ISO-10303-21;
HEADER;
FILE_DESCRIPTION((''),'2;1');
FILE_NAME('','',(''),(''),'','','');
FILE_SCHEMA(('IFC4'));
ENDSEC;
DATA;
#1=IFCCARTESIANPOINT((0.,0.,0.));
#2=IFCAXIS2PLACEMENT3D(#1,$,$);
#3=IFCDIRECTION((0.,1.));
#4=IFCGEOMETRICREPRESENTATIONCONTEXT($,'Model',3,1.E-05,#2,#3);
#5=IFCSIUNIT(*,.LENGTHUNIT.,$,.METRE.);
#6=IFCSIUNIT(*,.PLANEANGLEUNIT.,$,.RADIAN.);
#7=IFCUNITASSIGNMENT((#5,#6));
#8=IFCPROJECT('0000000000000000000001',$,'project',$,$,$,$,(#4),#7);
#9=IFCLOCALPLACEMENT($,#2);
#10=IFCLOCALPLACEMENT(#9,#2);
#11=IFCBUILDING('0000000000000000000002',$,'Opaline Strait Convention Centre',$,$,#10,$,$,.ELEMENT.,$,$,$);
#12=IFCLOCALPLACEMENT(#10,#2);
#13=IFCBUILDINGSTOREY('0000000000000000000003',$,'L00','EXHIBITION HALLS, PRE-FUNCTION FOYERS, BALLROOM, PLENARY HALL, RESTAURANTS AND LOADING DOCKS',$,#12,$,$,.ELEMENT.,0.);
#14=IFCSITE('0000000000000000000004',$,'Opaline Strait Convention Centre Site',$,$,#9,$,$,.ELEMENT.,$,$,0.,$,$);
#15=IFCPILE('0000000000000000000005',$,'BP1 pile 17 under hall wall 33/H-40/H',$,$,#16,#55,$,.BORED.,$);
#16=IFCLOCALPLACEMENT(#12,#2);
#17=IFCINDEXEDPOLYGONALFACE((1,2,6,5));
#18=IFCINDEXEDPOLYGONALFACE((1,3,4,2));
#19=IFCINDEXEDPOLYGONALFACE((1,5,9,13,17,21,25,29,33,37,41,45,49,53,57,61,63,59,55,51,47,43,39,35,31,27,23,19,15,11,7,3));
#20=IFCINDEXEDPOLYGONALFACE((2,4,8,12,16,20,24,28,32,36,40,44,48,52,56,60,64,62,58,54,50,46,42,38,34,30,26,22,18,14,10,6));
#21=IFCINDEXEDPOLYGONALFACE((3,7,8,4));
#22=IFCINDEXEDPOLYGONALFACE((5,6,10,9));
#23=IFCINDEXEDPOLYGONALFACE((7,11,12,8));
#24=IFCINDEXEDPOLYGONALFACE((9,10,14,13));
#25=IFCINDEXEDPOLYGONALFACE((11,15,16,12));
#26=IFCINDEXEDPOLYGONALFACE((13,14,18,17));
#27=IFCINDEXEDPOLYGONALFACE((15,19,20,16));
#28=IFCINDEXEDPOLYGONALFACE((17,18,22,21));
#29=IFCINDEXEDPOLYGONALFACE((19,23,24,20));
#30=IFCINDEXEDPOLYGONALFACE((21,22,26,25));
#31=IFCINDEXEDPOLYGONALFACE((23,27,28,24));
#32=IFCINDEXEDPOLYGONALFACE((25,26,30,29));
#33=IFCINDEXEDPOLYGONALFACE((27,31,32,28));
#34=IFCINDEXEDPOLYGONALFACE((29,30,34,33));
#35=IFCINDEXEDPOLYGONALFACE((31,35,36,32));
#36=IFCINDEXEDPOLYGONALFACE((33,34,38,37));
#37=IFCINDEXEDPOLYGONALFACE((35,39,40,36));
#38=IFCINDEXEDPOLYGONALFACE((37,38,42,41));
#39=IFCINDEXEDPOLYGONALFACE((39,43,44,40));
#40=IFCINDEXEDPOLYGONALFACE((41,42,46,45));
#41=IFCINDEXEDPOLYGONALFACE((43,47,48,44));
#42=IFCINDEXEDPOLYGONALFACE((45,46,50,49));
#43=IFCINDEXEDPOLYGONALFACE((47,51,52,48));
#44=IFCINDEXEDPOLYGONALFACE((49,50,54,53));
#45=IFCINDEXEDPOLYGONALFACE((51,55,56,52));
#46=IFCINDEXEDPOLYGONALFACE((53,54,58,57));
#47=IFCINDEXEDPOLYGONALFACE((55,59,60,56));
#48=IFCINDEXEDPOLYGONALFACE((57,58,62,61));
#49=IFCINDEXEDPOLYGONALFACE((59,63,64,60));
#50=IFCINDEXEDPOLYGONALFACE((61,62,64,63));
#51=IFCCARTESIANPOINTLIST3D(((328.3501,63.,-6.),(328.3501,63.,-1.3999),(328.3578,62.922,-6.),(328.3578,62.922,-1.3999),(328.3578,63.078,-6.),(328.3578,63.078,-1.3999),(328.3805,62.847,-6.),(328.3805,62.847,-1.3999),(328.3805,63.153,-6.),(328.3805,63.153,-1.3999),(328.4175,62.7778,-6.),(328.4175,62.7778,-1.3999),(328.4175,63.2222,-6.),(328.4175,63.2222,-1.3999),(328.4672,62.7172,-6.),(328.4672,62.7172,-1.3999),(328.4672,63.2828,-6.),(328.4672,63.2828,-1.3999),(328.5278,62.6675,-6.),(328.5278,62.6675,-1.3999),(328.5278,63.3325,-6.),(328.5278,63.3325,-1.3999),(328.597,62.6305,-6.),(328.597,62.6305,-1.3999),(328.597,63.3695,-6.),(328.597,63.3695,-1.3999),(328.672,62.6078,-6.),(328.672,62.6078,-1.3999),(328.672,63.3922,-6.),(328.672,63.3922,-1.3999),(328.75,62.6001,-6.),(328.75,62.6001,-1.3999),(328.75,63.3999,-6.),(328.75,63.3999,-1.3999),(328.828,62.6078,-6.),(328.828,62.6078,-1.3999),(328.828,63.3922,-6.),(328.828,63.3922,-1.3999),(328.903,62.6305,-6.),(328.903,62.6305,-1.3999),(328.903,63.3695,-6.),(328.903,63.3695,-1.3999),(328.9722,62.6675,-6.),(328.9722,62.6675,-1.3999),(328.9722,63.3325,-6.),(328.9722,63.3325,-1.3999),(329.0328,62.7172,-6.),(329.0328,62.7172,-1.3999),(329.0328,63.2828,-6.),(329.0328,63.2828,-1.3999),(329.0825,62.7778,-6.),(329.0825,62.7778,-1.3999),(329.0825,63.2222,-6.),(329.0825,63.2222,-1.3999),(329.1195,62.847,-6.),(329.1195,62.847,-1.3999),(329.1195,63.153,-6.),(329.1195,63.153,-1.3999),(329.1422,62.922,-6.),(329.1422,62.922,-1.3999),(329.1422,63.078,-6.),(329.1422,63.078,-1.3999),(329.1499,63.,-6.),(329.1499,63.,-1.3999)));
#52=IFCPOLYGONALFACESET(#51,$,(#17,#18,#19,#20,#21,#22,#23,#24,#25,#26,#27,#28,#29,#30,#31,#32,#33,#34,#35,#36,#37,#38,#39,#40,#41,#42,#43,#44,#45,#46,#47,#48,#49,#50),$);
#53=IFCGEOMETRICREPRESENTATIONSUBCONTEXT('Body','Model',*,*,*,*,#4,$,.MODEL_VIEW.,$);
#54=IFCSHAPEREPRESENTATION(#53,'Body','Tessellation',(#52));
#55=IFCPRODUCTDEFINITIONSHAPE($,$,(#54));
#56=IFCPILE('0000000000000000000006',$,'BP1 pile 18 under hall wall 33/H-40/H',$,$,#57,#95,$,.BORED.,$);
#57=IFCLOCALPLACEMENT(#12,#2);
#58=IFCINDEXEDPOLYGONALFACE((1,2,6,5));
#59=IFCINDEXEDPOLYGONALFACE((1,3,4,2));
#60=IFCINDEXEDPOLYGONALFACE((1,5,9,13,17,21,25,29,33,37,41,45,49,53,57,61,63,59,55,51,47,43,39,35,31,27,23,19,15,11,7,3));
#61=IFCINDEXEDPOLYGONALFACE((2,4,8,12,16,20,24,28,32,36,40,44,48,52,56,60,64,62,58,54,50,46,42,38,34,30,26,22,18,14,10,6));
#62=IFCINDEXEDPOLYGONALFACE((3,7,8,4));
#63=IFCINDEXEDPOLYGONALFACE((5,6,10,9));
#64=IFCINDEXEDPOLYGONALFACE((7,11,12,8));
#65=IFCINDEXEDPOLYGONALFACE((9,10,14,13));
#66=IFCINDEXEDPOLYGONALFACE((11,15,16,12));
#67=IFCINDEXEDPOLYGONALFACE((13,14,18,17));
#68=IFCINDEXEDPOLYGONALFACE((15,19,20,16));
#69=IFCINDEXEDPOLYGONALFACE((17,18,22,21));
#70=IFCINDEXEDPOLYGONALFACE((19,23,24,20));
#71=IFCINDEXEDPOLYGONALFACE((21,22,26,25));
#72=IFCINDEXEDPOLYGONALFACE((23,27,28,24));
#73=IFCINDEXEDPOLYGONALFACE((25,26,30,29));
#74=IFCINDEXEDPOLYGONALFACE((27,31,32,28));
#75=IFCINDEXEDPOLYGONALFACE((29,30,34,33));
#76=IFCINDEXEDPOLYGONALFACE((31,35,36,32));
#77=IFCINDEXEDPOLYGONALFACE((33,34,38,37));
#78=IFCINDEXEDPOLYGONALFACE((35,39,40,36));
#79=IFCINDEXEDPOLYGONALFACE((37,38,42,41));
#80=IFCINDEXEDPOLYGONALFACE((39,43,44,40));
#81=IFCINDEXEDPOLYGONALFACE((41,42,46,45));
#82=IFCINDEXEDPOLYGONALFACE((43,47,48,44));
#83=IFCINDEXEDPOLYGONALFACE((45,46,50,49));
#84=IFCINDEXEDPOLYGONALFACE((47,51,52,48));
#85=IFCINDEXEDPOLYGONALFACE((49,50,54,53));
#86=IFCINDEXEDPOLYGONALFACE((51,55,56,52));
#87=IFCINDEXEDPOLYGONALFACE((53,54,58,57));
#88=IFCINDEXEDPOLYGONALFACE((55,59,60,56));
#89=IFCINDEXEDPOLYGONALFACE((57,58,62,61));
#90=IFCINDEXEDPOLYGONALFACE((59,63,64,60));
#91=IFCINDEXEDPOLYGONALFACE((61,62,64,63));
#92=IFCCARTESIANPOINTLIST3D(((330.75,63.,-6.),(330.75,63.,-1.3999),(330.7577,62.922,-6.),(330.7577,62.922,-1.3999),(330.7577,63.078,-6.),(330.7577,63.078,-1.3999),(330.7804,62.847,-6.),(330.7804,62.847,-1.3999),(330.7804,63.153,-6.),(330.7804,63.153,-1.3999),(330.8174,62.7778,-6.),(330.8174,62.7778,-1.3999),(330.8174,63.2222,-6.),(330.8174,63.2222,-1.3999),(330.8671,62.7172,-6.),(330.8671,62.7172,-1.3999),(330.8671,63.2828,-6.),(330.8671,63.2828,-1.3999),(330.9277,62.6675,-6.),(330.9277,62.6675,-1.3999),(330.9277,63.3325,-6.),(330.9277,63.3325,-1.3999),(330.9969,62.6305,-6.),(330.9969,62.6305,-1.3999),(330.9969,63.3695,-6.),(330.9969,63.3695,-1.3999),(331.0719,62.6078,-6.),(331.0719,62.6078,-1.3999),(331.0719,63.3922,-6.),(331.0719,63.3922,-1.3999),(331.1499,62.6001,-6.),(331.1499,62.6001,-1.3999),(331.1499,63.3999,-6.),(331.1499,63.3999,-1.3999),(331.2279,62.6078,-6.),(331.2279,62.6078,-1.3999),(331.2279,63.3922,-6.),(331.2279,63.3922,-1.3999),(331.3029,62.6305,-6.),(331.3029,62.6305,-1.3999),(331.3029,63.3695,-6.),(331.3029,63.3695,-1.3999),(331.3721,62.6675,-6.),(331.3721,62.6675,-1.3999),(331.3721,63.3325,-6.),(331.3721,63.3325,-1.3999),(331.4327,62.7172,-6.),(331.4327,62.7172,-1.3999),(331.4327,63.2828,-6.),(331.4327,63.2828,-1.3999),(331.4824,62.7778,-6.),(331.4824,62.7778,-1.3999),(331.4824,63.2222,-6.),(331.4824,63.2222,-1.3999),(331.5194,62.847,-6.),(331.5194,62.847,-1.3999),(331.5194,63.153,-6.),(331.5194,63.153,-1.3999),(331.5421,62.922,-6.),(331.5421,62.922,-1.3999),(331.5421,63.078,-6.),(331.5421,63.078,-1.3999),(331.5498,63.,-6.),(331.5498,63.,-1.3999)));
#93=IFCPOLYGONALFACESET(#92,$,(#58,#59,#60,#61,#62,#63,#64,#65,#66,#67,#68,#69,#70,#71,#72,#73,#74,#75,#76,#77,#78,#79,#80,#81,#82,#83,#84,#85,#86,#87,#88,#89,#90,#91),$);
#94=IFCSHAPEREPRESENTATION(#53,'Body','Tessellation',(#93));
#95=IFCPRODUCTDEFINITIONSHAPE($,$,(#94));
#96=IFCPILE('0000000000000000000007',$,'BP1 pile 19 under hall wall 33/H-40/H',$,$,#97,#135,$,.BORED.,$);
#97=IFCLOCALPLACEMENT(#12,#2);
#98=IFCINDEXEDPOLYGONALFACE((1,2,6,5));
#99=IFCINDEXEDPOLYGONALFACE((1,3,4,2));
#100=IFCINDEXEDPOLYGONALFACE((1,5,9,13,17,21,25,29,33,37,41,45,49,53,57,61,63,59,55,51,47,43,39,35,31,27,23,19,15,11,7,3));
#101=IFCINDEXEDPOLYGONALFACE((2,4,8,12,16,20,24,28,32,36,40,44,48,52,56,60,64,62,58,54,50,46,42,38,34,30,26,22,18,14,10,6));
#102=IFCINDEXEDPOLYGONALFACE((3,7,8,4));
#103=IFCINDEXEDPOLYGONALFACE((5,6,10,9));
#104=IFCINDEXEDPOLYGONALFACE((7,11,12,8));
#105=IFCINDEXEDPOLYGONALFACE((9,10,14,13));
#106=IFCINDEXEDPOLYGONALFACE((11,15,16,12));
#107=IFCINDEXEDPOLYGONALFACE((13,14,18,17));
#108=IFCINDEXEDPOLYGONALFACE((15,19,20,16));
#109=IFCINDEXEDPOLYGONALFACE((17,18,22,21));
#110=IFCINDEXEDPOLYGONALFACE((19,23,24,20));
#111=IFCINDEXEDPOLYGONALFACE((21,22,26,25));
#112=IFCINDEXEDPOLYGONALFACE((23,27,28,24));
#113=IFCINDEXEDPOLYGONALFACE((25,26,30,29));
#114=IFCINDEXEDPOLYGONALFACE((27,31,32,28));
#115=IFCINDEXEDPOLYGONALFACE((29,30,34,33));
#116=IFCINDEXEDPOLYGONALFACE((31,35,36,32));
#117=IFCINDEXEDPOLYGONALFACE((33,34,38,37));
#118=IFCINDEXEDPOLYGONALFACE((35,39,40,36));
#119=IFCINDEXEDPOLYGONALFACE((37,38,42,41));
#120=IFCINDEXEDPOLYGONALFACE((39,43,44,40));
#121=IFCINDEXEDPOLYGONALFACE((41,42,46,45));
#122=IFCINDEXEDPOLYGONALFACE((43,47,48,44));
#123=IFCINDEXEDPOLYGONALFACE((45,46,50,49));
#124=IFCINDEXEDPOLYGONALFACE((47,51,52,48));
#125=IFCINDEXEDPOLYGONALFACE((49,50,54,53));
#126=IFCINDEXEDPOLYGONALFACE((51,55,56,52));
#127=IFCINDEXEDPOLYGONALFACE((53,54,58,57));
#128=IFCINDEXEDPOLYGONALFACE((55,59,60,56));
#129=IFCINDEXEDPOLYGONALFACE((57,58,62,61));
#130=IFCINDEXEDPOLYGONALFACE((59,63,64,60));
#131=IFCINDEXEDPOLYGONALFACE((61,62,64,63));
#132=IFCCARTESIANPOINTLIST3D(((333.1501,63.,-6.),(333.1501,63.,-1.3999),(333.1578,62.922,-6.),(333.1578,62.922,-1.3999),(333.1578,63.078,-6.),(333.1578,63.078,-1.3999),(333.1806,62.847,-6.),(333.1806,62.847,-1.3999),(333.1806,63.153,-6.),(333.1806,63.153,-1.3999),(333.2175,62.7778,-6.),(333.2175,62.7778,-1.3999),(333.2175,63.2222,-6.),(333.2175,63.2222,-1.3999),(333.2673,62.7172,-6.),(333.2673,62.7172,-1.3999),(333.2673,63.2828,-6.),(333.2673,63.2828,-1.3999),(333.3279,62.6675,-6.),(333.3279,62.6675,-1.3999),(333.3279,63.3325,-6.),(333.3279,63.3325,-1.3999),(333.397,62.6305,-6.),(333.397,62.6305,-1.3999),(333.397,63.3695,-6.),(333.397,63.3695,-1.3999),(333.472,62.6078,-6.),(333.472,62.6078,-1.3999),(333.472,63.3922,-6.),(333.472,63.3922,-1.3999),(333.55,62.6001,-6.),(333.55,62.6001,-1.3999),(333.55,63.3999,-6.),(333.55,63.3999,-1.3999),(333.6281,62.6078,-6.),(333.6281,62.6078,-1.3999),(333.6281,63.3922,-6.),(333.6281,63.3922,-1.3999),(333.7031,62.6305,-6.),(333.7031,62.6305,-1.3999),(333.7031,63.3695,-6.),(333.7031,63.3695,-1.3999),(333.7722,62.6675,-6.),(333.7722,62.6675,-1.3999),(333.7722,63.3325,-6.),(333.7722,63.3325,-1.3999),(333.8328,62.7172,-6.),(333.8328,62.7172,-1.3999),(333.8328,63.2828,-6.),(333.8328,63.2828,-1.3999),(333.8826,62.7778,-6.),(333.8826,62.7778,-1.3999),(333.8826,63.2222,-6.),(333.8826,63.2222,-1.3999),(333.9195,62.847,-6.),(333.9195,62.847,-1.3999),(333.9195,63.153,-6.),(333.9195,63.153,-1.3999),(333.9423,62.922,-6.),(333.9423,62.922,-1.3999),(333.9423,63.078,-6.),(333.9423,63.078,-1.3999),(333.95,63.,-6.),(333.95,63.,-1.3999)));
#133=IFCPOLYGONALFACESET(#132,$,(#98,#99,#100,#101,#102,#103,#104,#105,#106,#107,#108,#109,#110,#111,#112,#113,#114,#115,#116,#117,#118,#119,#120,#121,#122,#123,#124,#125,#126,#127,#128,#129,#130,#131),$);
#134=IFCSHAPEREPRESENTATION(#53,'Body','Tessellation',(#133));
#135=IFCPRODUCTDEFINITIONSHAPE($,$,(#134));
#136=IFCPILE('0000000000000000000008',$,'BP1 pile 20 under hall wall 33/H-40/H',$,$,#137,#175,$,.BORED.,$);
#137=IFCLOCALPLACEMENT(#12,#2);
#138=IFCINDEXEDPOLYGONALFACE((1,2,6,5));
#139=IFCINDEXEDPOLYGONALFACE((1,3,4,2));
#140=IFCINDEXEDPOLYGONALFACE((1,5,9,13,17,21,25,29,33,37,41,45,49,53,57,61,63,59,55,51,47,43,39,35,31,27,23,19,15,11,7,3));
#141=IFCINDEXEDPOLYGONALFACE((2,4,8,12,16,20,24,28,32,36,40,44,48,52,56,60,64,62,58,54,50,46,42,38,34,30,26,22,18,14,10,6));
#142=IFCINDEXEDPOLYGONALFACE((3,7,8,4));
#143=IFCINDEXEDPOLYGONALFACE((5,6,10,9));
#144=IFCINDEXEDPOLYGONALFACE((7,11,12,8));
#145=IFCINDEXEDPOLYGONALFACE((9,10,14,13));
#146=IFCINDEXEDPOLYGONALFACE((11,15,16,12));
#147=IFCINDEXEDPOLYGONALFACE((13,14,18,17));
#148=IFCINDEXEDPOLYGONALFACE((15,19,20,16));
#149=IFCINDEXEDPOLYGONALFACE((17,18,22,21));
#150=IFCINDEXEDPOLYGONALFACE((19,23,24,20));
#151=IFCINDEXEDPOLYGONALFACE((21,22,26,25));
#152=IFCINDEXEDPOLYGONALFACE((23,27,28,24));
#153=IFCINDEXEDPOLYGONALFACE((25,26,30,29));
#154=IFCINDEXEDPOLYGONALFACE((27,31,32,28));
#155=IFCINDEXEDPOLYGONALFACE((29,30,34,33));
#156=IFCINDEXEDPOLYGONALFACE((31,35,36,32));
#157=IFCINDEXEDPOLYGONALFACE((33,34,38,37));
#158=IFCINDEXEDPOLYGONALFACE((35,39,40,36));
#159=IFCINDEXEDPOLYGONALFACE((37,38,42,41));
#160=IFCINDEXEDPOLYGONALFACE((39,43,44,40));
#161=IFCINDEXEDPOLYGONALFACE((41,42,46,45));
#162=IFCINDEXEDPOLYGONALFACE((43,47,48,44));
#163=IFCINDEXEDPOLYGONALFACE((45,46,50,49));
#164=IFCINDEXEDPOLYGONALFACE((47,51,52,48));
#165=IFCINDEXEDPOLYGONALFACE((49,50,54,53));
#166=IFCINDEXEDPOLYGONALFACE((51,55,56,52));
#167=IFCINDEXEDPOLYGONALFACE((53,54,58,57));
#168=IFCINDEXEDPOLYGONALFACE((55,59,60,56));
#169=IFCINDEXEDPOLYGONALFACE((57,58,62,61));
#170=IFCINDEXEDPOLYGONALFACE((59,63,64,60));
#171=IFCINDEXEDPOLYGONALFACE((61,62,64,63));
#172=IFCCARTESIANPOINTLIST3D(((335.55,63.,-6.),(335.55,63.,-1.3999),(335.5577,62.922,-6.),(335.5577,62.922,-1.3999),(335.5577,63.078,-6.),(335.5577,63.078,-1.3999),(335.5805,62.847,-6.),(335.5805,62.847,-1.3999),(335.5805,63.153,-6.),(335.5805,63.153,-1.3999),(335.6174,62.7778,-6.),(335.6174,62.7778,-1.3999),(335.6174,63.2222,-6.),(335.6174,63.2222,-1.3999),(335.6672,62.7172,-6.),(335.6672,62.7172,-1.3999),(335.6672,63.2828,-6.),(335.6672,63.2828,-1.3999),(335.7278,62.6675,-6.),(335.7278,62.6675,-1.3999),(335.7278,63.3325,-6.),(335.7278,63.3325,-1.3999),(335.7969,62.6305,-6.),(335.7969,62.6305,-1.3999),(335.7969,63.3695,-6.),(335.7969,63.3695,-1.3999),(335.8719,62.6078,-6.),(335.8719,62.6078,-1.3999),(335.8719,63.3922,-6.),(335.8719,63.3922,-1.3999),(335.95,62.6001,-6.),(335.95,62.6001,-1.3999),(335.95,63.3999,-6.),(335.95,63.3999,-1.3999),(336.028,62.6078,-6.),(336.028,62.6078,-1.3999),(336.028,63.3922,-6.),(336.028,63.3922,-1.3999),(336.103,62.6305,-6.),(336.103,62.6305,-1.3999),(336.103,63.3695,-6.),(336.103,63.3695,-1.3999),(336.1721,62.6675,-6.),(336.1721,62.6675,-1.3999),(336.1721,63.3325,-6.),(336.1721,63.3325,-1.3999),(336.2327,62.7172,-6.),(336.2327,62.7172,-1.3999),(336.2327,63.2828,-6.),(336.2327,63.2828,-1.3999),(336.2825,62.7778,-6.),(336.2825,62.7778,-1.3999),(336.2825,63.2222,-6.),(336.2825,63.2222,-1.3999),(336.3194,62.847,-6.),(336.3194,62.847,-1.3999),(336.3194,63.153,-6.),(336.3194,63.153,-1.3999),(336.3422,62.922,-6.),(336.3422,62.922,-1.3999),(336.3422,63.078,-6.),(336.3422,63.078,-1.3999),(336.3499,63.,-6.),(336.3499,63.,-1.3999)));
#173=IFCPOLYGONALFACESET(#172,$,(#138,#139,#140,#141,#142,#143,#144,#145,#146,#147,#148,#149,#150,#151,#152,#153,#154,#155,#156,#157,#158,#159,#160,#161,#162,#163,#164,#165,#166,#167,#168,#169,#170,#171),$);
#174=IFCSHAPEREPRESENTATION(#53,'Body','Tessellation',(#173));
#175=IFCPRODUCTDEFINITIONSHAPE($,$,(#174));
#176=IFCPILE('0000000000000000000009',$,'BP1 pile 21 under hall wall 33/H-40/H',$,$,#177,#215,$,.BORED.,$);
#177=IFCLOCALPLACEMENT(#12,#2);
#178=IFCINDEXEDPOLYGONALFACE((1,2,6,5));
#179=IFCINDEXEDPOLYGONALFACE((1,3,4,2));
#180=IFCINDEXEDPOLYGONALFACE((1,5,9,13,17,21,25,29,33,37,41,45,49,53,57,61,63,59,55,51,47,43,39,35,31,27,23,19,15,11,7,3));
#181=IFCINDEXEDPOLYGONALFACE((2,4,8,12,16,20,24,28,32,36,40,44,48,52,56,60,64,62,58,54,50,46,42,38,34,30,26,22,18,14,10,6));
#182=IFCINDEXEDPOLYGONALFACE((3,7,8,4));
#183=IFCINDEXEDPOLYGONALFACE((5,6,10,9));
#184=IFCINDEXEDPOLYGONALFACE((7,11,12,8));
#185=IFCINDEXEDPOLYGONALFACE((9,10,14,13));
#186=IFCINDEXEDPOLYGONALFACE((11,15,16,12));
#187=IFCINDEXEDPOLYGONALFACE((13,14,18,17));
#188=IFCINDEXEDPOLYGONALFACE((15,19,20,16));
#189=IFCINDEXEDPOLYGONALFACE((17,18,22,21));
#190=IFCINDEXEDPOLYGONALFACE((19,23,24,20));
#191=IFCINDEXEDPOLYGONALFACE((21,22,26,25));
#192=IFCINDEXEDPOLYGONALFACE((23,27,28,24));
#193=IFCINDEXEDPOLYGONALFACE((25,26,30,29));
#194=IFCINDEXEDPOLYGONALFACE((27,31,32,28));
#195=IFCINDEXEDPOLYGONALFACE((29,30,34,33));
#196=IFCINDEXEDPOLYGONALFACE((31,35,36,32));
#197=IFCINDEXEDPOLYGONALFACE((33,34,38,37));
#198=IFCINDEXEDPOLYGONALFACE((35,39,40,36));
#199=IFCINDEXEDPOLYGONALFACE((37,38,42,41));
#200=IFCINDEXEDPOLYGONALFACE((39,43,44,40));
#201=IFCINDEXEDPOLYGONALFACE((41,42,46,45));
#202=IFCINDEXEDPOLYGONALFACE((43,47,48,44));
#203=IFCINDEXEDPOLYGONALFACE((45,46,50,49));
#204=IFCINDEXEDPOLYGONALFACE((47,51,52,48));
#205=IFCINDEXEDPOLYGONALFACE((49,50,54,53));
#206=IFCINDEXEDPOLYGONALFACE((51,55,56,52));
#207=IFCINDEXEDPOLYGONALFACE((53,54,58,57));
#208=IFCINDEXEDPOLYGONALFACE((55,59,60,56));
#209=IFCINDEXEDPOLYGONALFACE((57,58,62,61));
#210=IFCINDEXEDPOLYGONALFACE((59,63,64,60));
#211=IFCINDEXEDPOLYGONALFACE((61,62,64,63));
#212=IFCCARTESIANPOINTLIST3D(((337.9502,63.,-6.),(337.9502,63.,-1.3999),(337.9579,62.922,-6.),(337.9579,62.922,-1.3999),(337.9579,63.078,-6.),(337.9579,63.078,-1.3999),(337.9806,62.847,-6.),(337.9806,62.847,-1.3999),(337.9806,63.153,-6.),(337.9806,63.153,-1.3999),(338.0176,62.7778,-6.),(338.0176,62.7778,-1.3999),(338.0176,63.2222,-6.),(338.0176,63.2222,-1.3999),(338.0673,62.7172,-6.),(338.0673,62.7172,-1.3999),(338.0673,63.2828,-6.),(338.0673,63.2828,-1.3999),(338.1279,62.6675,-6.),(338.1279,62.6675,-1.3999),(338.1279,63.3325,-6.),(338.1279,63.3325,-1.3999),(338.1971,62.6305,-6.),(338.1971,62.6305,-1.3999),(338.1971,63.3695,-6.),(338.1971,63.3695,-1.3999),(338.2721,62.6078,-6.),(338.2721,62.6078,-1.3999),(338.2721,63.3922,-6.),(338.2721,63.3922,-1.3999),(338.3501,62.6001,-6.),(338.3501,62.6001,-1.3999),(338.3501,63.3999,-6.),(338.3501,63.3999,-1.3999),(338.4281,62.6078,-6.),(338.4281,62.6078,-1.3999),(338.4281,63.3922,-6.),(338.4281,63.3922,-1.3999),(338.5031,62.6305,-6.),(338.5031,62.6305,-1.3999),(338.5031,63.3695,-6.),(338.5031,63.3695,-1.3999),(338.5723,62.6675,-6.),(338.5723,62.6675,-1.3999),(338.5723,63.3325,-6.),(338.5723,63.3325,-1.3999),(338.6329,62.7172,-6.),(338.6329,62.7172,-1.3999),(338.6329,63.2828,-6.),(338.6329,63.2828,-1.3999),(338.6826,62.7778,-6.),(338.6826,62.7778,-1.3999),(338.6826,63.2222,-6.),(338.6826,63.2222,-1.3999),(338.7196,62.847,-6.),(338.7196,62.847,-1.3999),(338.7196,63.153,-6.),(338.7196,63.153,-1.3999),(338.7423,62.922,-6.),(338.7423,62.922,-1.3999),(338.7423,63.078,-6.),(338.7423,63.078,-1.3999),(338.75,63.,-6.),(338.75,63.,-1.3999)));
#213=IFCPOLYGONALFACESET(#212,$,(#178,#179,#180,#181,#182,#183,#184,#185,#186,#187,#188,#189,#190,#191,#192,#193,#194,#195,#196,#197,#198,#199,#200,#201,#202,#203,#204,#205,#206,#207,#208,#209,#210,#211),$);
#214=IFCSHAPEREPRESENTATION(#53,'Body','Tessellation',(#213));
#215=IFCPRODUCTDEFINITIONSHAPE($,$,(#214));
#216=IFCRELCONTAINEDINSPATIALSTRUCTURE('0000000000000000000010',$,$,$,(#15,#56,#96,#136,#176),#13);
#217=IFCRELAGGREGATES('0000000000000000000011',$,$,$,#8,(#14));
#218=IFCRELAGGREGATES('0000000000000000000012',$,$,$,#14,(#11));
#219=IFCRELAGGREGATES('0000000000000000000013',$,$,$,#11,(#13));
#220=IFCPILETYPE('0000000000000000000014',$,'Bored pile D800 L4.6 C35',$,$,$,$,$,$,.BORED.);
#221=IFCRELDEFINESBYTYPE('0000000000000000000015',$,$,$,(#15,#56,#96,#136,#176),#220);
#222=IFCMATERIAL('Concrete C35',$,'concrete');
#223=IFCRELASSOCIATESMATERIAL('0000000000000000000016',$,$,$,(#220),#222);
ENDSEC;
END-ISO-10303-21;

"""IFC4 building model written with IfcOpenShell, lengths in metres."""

from ifc_helpers import new_model, si_unit, direction, frame, origin, origin_2d, place, context, subcontext, project, spatial, circle, extrude, material, material_profile, profile_set, type_object, element, save


model = new_model("IFC4")

# Units and contexts
model_context = context("Model", 3, precision=1e-05, world=origin(), true_north=direction((0.0, 1.0)))
body_context = subcontext(model_context, "Body", "Model", "MODEL_VIEW")
ifc_project = project(units=[si_unit("LENGTHUNIT", "METRE"), si_unit("PLANEANGLEUNIT", "RADIAN")], contexts=[model_context])

# Site, building, storey
site_placement = place(None, origin())
site = spatial("IfcSite", under=ifc_project, at=site_placement, Name="Opaline Strait Convention Centre Site", CompositionType="ELEMENT", RefElevation=0.0)
building_placement = place(site_placement, origin())
building = spatial("IfcBuilding", under=site, at=building_placement, Name="Opaline Strait Convention Centre", CompositionType="ELEMENT")
storey_placement = place(building_placement, origin())
storey = spatial("IfcBuildingStorey", under=building, at=storey_placement, Name="L00", Description="EXHIBITION HALLS, PRE-FUNCTION FOYERS, BALLROOM, PLENARY HALL, RESTAURANTS AND LOADING DOCKS", CompositionType="ELEMENT", Elevation=0.0)

# Piles
ifc_material_1 = material(Name="Concrete C35", Category="concrete")
ifc_material_profile_1 = material_profile(ifc_material_1, circle(Radius=0.3999, at=origin_2d()), Name="D800")
ifc_profile_set_1 = profile_set([ifc_material_profile_1], Name="Concrete C35")
pile_type = type_object("IfcPileType", Name="Bored pile D800 L4.6 C35", PredefinedType="BORED", material=ifc_profile_set_1)
for number, where, z_axis, x_axis, name in (
    (1, (328.75, 63.0, -1.3999), (0.0, 0.0, -1.0), (1.0, 0.0, 0.0), "BP1 pile 17 under hall wall 33/H-40/H"),
    (2, (331.1499, 63.0, -1.3999), (0.0, 0.0, -1.0), (1.0, 0.0, 0.0), "BP1 pile 18 under hall wall 33/H-40/H"),
    (3, (333.55, 63.0, -1.3999), (0.0, 0.0, -1.0), (1.0, 0.0, 0.0), "BP1 pile 19 under hall wall 33/H-40/H"),
    (4, (335.95, 63.0, -1.3999), (0.0, 0.0, -1.0), (1.0, 0.0, 0.0), "BP1 pile 20 under hall wall 33/H-40/H"),
    (5, (338.3501, 63.0, -1.3999), (0.0, 0.0, -1.0), (1.0, 0.0, 0.0), "BP1 pile 21 under hall wall 33/H-40/H"),
):
    element("IfcPile", number, at=place(storey_placement, frame(where, z_axis=z_axis, x_axis=x_axis)), inside=storey, type_object=pile_type, Name=name, PredefinedType="BORED", context=body_context, shape_type="SweptSolid", body=[
        extrude(circle(Radius=0.3999, at=origin_2d()), origin(), (0.0, 0.0, 1.0), 4.6001),
    ])

save(model, "model.ifc")
